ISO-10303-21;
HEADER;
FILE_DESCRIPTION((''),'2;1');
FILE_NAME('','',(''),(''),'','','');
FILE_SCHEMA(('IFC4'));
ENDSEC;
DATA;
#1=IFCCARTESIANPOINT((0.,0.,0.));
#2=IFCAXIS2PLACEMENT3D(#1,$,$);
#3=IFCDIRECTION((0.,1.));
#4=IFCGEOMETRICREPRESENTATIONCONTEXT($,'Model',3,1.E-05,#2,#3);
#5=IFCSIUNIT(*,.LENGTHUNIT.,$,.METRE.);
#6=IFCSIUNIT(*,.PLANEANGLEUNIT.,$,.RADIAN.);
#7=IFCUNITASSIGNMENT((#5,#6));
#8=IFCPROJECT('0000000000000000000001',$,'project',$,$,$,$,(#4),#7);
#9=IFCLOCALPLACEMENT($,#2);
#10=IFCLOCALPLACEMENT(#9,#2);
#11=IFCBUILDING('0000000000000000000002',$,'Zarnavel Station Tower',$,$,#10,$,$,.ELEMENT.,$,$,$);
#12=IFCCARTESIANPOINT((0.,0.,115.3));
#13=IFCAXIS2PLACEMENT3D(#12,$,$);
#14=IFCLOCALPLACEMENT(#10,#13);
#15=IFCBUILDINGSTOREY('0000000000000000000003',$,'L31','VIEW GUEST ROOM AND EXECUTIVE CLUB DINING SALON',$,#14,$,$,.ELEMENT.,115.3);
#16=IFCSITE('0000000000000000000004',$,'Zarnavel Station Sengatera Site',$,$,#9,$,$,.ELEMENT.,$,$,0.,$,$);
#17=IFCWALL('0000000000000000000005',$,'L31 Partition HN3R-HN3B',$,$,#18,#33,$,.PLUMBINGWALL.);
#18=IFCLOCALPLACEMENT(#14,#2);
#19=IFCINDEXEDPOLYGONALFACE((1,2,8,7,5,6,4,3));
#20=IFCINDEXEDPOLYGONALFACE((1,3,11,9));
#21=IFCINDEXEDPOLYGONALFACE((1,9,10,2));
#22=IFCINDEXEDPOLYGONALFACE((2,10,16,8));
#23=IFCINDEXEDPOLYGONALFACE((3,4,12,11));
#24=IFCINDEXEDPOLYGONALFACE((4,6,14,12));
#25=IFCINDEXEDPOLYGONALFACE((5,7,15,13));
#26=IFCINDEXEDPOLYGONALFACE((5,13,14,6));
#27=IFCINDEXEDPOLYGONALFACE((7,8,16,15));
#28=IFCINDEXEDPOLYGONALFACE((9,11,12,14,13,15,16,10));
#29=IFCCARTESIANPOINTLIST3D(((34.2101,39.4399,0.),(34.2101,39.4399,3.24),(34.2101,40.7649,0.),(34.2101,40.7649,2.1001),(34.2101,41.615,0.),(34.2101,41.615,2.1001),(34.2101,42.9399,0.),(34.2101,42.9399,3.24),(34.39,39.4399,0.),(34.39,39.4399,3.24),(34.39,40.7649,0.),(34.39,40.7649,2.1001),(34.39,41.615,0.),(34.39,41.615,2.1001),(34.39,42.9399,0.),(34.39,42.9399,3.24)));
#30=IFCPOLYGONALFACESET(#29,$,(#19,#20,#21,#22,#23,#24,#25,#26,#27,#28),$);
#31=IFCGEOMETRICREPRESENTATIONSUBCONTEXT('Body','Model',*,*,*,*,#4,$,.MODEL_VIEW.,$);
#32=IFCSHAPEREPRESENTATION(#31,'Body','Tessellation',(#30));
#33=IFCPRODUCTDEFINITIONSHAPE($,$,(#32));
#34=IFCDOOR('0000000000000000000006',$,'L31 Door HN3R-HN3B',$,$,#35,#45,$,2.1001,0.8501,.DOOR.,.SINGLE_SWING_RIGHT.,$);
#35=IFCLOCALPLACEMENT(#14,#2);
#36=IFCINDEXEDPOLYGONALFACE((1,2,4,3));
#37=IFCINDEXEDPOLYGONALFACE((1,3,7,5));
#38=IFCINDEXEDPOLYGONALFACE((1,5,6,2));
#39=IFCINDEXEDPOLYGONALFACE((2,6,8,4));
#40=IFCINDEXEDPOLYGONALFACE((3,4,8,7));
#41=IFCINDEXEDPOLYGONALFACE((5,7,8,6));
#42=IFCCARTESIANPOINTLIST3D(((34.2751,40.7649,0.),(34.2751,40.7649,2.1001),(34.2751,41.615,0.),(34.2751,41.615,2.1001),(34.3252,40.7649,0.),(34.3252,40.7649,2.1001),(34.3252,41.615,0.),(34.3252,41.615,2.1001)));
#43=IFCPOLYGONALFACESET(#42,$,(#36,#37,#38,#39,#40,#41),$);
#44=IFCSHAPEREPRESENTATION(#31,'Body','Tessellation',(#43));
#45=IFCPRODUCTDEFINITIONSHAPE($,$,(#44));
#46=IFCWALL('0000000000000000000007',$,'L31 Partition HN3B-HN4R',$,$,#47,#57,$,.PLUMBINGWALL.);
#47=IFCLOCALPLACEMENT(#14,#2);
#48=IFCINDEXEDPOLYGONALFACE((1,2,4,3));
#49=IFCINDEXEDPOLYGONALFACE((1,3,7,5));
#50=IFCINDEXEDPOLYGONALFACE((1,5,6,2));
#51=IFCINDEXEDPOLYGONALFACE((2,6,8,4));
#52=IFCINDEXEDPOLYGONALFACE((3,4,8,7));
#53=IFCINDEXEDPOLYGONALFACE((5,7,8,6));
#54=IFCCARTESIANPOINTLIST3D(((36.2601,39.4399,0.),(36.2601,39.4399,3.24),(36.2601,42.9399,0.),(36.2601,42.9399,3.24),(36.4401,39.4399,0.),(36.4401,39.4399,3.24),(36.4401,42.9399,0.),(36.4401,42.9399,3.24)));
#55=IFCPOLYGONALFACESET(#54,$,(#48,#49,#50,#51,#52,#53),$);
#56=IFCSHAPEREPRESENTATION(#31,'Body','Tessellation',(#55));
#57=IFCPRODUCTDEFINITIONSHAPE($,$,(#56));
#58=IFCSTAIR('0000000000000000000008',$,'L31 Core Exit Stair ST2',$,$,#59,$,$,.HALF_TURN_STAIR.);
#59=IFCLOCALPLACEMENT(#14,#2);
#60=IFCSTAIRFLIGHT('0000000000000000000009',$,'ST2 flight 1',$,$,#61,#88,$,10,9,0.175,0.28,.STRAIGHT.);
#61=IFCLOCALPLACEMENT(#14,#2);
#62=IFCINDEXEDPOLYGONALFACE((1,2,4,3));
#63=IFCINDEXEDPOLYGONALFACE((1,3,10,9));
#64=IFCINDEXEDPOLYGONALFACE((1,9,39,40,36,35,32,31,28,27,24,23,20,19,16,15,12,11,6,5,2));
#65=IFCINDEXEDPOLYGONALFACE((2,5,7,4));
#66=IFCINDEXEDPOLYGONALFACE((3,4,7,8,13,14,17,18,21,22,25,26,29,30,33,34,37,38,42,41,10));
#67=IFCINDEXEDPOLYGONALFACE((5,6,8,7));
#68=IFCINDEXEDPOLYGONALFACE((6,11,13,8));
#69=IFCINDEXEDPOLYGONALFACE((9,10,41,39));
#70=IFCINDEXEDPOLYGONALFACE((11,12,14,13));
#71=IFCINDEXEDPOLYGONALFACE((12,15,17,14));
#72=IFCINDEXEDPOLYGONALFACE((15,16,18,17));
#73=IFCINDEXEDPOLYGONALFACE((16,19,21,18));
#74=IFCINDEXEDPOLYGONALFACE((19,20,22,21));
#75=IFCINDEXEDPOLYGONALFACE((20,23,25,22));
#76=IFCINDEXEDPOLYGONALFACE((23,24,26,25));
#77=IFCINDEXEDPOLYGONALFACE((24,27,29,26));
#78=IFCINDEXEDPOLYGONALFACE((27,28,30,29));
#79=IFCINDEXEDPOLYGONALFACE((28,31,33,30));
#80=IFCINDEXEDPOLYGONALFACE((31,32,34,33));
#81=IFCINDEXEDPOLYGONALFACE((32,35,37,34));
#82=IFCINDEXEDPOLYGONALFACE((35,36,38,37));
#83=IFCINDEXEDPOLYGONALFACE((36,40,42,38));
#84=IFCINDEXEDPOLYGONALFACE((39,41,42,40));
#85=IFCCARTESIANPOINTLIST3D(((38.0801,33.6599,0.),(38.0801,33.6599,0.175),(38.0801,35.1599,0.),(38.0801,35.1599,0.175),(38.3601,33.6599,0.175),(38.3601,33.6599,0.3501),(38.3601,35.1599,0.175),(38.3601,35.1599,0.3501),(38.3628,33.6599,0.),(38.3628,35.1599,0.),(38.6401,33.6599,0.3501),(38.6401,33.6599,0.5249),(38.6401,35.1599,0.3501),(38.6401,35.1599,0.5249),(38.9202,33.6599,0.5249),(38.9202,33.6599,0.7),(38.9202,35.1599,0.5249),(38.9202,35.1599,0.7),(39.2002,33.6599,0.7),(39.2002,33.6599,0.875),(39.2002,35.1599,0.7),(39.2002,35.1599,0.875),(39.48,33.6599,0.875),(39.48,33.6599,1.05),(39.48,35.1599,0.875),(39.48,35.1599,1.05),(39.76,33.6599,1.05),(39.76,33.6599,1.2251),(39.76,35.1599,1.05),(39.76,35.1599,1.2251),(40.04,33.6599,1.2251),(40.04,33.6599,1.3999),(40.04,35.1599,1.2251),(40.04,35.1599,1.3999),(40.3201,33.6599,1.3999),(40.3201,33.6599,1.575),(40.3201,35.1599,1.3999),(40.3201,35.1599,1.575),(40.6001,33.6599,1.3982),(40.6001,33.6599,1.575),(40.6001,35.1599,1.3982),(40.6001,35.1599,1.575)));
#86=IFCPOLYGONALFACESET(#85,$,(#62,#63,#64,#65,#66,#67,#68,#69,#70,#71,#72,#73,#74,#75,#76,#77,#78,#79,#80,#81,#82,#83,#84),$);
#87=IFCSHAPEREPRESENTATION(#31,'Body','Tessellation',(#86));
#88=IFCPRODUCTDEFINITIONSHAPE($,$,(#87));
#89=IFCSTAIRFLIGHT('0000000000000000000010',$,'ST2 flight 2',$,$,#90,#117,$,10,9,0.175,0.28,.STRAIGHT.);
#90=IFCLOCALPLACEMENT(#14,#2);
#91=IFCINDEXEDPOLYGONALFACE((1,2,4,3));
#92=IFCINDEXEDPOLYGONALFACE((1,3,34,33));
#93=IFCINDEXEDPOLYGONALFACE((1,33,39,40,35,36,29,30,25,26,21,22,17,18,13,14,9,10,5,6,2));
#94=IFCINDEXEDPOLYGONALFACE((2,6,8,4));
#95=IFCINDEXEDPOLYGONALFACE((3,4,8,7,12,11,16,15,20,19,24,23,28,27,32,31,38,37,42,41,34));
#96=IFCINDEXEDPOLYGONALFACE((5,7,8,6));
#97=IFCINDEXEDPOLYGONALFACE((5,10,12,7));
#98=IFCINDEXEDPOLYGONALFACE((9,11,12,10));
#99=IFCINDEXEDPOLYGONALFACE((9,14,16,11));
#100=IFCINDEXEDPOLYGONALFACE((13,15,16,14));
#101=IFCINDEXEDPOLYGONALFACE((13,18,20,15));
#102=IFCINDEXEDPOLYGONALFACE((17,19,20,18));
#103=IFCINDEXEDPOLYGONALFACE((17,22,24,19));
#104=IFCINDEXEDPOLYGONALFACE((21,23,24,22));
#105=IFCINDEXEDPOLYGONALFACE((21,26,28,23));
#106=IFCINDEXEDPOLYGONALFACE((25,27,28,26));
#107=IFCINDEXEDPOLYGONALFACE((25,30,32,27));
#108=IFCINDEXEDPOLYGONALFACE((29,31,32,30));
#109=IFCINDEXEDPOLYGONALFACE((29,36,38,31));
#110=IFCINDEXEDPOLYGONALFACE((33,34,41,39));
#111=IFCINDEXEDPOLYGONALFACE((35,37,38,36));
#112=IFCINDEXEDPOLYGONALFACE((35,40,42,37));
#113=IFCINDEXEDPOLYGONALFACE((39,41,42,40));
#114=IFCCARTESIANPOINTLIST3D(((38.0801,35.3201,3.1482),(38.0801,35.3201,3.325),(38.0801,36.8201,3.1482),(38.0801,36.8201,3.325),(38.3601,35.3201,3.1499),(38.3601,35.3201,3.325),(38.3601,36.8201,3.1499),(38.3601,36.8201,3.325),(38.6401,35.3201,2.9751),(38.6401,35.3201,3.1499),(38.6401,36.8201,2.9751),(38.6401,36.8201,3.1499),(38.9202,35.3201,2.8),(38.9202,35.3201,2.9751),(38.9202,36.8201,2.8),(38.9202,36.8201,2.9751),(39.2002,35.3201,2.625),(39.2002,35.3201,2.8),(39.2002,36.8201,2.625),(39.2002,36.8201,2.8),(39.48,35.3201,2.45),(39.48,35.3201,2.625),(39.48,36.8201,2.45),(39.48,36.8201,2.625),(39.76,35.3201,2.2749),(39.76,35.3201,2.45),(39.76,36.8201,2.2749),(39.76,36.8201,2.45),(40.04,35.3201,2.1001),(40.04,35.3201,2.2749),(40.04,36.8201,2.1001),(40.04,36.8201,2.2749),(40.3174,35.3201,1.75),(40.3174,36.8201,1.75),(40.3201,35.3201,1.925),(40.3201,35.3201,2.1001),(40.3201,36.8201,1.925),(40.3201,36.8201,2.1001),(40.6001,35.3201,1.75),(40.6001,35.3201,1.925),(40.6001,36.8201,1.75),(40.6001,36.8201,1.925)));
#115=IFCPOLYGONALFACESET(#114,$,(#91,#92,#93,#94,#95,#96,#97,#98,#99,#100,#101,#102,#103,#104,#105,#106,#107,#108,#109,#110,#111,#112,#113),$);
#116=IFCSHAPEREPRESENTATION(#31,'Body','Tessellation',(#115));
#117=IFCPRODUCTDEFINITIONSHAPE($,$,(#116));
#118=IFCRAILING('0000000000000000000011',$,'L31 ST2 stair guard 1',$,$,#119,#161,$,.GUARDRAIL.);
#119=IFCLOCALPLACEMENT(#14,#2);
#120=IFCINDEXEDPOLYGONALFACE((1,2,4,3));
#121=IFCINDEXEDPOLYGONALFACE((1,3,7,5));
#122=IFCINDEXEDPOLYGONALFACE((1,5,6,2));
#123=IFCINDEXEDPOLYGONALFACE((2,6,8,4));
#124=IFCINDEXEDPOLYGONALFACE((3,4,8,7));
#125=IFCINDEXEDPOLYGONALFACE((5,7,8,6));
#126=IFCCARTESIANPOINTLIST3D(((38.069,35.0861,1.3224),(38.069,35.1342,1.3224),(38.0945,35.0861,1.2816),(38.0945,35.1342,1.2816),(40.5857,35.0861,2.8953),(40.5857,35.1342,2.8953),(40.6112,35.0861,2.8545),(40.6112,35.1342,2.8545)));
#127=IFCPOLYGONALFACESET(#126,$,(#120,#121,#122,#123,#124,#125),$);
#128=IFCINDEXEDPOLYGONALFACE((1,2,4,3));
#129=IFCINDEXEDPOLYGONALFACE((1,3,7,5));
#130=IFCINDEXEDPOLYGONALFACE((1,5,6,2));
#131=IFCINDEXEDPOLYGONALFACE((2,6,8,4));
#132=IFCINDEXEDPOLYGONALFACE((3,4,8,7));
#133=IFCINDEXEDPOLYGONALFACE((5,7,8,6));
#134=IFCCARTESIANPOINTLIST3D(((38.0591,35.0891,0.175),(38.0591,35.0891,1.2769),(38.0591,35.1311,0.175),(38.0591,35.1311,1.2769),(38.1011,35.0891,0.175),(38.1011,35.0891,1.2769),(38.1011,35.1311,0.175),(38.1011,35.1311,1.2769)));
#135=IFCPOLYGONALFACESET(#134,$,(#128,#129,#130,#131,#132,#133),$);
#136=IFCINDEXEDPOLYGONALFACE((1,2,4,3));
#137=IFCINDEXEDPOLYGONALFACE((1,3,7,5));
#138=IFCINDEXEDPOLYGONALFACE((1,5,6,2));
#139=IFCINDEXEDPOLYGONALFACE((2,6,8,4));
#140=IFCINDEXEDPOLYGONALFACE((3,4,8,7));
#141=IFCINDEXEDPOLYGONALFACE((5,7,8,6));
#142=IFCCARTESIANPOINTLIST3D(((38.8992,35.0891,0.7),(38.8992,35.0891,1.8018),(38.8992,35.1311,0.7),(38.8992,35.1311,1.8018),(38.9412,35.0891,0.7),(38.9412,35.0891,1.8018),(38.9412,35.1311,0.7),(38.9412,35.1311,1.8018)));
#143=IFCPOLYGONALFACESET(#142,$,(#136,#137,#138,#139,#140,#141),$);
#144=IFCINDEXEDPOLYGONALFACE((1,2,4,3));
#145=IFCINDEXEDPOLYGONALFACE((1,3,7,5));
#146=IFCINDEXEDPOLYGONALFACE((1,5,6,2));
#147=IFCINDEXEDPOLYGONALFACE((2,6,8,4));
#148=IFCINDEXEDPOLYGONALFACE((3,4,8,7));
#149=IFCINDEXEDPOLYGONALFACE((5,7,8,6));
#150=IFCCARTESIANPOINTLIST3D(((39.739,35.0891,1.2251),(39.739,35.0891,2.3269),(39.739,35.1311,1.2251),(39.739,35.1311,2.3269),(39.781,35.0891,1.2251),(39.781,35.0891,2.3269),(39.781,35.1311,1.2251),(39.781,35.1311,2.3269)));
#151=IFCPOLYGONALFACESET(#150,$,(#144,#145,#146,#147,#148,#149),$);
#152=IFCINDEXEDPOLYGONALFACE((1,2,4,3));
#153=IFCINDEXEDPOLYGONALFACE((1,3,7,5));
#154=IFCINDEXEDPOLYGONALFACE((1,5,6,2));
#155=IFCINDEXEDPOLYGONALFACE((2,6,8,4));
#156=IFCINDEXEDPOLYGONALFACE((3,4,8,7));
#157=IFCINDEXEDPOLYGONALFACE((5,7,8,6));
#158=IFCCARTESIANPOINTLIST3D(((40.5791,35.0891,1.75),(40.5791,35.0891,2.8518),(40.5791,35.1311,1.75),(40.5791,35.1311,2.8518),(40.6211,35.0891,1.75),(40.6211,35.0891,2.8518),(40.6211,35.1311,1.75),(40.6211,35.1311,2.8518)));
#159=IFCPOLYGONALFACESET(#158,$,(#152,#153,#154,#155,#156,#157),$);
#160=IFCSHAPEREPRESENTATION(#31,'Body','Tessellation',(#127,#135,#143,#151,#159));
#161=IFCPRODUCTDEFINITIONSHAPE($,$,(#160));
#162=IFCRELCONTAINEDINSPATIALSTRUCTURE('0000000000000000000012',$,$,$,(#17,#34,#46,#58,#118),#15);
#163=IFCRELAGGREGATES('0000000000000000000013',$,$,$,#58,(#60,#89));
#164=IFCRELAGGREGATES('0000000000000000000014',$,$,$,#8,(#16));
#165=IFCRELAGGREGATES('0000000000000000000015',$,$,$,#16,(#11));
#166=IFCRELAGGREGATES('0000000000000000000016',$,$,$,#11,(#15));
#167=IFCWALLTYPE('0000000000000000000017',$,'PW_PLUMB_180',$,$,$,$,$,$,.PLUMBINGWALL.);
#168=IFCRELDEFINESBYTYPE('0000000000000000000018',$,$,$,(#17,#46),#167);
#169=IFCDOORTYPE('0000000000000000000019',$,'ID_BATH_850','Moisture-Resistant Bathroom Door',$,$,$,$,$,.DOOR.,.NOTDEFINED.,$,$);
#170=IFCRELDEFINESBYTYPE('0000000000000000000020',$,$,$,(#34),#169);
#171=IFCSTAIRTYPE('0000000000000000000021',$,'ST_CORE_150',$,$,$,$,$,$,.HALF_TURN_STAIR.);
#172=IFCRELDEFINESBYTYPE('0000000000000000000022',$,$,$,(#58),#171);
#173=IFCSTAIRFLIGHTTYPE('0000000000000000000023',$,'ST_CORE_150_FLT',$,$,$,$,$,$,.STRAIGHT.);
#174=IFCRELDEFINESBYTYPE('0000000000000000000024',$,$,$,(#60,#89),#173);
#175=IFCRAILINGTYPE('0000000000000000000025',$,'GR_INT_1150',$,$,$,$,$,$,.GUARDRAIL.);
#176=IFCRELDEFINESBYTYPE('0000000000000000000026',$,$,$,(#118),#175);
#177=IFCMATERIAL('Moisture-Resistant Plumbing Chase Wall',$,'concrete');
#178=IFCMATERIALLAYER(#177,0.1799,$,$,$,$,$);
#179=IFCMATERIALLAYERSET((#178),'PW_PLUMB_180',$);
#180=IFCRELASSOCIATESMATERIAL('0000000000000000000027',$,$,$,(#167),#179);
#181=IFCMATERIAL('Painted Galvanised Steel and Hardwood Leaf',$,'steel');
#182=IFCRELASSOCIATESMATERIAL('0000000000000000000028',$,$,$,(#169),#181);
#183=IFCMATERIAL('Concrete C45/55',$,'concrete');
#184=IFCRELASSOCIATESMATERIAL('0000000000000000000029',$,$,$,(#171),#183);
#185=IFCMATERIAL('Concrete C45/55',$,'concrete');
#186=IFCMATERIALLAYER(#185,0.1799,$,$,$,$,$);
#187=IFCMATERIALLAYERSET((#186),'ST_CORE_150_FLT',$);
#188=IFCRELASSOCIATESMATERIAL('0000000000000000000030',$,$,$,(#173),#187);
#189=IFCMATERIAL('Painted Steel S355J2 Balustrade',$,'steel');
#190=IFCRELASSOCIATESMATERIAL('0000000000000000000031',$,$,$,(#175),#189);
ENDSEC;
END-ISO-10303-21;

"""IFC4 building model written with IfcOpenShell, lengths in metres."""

from ifc_helpers import new_model, si_unit, direction, frame, frame_2d, origin, origin_2d, place, context, subcontext, project, spatial, polyline, rectangle, outline, extrude, material, layer, layer_set, type_object, element, fill, aggregate, save


model = new_model("IFC4")

# Units and contexts
model_context = context("Model", 3, precision=1e-05, world=origin(), true_north=direction((0.0, 1.0)))
body_context = subcontext(model_context, "Body", "Model", "MODEL_VIEW")
ifc_project = project(units=[si_unit("LENGTHUNIT", "METRE"), si_unit("PLANEANGLEUNIT", "RADIAN")], contexts=[model_context])

# Site, building, storey
site_placement = place(None, origin())
site = spatial("IfcSite", under=ifc_project, at=site_placement, Name="Zarnavel Station Sengatera Site", CompositionType="ELEMENT", RefElevation=0.0)
building_placement = place(site_placement, origin())
building = spatial("IfcBuilding", under=site, at=building_placement, Name="Zarnavel Station Tower", CompositionType="ELEMENT")
storey_placement = place(building_placement, frame((0.0, 0.0, 115.3)))
storey = spatial("IfcBuildingStorey", under=building, at=storey_placement, Name="L31", Description="VIEW GUEST ROOM AND EXECUTIVE CLUB DINING SALON", CompositionType="ELEMENT", Elevation=115.3)

# Shared definitions
ifc_material_1 = material(Name="Moisture-Resistant Plumbing Chase Wall", Category="concrete")
ifc_layer_1 = layer(ifc_material_1, 0.1799)
ifc_layer_set_1 = layer_set([ifc_layer_1], Name="PW_PLUMB_180")
wall_type_1 = type_object("IfcWallType", Name="PW_PLUMB_180", PredefinedType="PLUMBINGWALL", material=ifc_layer_set_1)

# Wall, opening, door
wall_1_placement = place(storey_placement, frame((34.3, 39.4399, 0.0), z_axis=(0.0, 0.0, 1.0), x_axis=(0.0, 1.0, 0.0)))
wall_1 = element("IfcWall", 1, at=wall_1_placement, inside=storey, type_object=wall_type_1, Name="L31 Partition HN3R-HN3B", PredefinedType="PLUMBINGWALL", context=body_context, shape_type="SweptSolid", body=[
    extrude(rectangle(XDim=3.5, YDim=0.1799, at=frame_2d((1.75, 0.0))), origin(), (0.0, 0.0, 1.0), 3.24),
])
opening_1_placement = place(wall_1_placement, frame((1.325, 0.0, 0.0)))
opening_1 = element("IfcOpeningElement", 2, at=opening_1_placement, cuts=wall_1, PredefinedType="OPENING", context=body_context, shape_type="SweptSolid", body=[
    extrude(rectangle(XDim=0.8501, YDim=2.1001, at=frame_2d((0.425, 1.05))), frame((0.0, 0.0999, 0.0), z_axis=(0.0, -1.0, 0.0), x_axis=(1.0, 0.0, 0.0)), (0.0, 0.0, 1.0), 0.2),
])
ifc_material_2 = material(Name="Painted Galvanised Steel and Hardwood Leaf", Category="steel")
door_type_1 = type_object("IfcDoorType", Name="ID_BATH_850", Description="Moisture-Resistant Bathroom Door", OperationType="NOTDEFINED", PredefinedType="DOOR", material=ifc_material_2)
door_1_placement = place(opening_1_placement, origin())
door_1 = element("IfcDoor", 3, at=door_1_placement, inside=storey, type_object=door_type_1, Name="L31 Door HN3R-HN3B", OperationType="SINGLE_SWING_RIGHT", OverallHeight=2.1001, OverallWidth=0.8501, PredefinedType="DOOR", context=body_context, shape_type="SweptSolid", body=[
    extrude(rectangle(XDim=0.8501, YDim=2.1001, at=frame_2d((0.425, 1.05))), frame((0.0, 0.0249, 0.0), z_axis=(0.0, -1.0, 0.0), x_axis=(1.0, 0.0, 0.0)), (0.0, 0.0, 1.0), 0.05),
])
fill(opening_1, door_1)

# Wall
wall_2_placement = place(storey_placement, frame((36.3501, 39.4399, 0.0), z_axis=(0.0, 0.0, 1.0), x_axis=(0.0, 1.0, 0.0)))
element("IfcWall", 4, at=wall_2_placement, inside=storey, type_object=wall_type_1, Name="L31 Partition HN3B-HN4R", PredefinedType="PLUMBINGWALL", context=body_context, shape_type="SweptSolid", body=[
    extrude(rectangle(XDim=3.5, YDim=0.1799, at=frame_2d((1.75, 0.0))), origin(), (0.0, 0.0, 1.0), 3.24),
])

# Stair, stair flights
ifc_material_3 = material(Name="Concrete C45/55", Category="concrete")
stair_type = type_object("IfcStairType", Name="ST_CORE_150", PredefinedType="HALF_TURN_STAIR", material=ifc_material_3)
stair_placement = place(storey_placement, origin())
stair = element("IfcStair", 5, at=stair_placement, inside=storey, type_object=stair_type, Name="L31 Core Exit Stair ST2", PredefinedType="HALF_TURN_STAIR")
ifc_material_4 = material(Name="Concrete C45/55", Category="concrete")
ifc_layer_2 = layer(ifc_material_4, 0.1799)
ifc_layer_set_2 = layer_set([ifc_layer_2], Name="ST_CORE_150_FLT")
stair_flight_type = type_object("IfcStairFlightType", Name="ST_CORE_150_FLT", PredefinedType="STRAIGHT", material=ifc_layer_set_2)
stair_flight_1_placement = place(storey_placement, frame((38.0801, 34.4099, 0.0), z_axis=(0.0, 0.0, 1.0), x_axis=(1.0, 0.0, 0.0)))
stair_flight_1 = element("IfcStairFlight", 6, at=stair_flight_1_placement, type_object=stair_flight_type, Name="ST2 flight 1", NumberOfRisers=10, NumberOfTreads=9, PredefinedType="STRAIGHT", RiserHeight=0.175, TreadLength=0.28, context=body_context, shape_type="SweptSolid", body=[
    extrude(outline(polyline([(0.0, 0.0), (0.0, 0.175), (0.28, 0.175), (0.28, 0.3501), (0.5601, 0.3501), (0.5601, 0.5249), (0.8401, 0.5249), (0.8401, 0.7), (1.1201, 0.7), (1.1201, 0.875), (1.3999, 0.875), (1.3999, 1.05), (1.6799, 1.05), (1.6799, 1.2251), (1.96, 1.2251), (1.96, 1.3999), (2.24, 1.3999), (2.24, 1.575), (2.52, 1.575), (2.52, 1.75), (2.52, 1.3982), (0.2827, 0.0), (0.0, 0.0)])), frame((0.0, 0.75, 0.0), z_axis=(0.0, -1.0, 0.0), x_axis=(1.0, 0.0, 0.0)), (0.0, 0.0, 1.0), 1.5),
])
stair_flight_2_placement = place(storey_placement, frame((40.6001, 36.0701, 1.75), z_axis=(0.0, 0.0, 1.0), x_axis=(-1.0, 0.0, 0.0)))
stair_flight_2 = element("IfcStairFlight", 7, at=stair_flight_2_placement, type_object=stair_flight_type, Name="ST2 flight 2", NumberOfRisers=10, NumberOfTreads=9, PredefinedType="STRAIGHT", RiserHeight=0.175, TreadLength=0.28, context=body_context, shape_type="SweptSolid", body=[
    extrude(outline(polyline([(0.0, 0.0), (0.0, 0.175), (0.28, 0.175), (0.28, 0.3501), (0.5601, 0.3501), (0.5601, 0.5249), (0.8401, 0.5249), (0.8401, 0.7), (1.1201, 0.7), (1.1201, 0.875), (1.3999, 0.875), (1.3999, 1.05), (1.6799, 1.05), (1.6799, 1.2251), (1.96, 1.2251), (1.96, 1.3999), (2.24, 1.3999), (2.24, 1.575), (2.52, 1.575), (2.52, 1.75), (2.52, 1.3982), (0.2827, 0.0), (0.0, 0.0)])), frame((0.0, 0.75, 0.0), z_axis=(0.0, -1.0, 0.0), x_axis=(1.0, 0.0, 0.0)), (0.0, 0.0, 1.0), 1.5),
])
aggregate(stair, [stair_flight_1, stair_flight_2])

# Railing
ifc_material_5 = material(Name="Painted Steel S355J2 Balustrade", Category="steel")
railing_type_1 = type_object("IfcRailingType", Name="GR_INT_1150", PredefinedType="GUARDRAIL", material=ifc_material_5)
railing_1_placement = place(storey_placement, frame((38.0801, 35.1101, 0.175)))
element("IfcRailing", 8, at=railing_1_placement, inside=storey, type_object=railing_type_1, Name="L31 ST2 stair guard 1", PredefinedType="GUARDRAIL", context=body_context, shape_type="SweptSolid", body=[
    extrude(rectangle(XDim=0.0481, YDim=0.0481, at=origin_2d()), frame((0.0017, 0.0, 1.127), z_axis=(0.848008, 0.0, 0.529984), x_axis=(0.0, 1.0, 0.0)), (0.0, 0.0, 1.0), 2.9678),
    extrude(rectangle(XDim=0.042, YDim=0.042, at=origin_2d()), origin(), (0.0, 0.0, 1.0), 1.1018),
    extrude(rectangle(XDim=0.042, YDim=0.042, at=origin_2d()), frame((0.8401, 0.0, 0.5249)), (0.0, 0.0, 1.0), 1.1018),
    extrude(rectangle(XDim=0.042, YDim=0.042, at=origin_2d()), frame((1.6799, 0.0, 1.05)), (0.0, 0.0, 1.0), 1.1018),
    extrude(rectangle(XDim=0.042, YDim=0.042, at=origin_2d()), frame((2.52, 0.0, 1.575)), (0.0, 0.0, 1.0), 1.1018),
])

save(model, "model.ifc")
